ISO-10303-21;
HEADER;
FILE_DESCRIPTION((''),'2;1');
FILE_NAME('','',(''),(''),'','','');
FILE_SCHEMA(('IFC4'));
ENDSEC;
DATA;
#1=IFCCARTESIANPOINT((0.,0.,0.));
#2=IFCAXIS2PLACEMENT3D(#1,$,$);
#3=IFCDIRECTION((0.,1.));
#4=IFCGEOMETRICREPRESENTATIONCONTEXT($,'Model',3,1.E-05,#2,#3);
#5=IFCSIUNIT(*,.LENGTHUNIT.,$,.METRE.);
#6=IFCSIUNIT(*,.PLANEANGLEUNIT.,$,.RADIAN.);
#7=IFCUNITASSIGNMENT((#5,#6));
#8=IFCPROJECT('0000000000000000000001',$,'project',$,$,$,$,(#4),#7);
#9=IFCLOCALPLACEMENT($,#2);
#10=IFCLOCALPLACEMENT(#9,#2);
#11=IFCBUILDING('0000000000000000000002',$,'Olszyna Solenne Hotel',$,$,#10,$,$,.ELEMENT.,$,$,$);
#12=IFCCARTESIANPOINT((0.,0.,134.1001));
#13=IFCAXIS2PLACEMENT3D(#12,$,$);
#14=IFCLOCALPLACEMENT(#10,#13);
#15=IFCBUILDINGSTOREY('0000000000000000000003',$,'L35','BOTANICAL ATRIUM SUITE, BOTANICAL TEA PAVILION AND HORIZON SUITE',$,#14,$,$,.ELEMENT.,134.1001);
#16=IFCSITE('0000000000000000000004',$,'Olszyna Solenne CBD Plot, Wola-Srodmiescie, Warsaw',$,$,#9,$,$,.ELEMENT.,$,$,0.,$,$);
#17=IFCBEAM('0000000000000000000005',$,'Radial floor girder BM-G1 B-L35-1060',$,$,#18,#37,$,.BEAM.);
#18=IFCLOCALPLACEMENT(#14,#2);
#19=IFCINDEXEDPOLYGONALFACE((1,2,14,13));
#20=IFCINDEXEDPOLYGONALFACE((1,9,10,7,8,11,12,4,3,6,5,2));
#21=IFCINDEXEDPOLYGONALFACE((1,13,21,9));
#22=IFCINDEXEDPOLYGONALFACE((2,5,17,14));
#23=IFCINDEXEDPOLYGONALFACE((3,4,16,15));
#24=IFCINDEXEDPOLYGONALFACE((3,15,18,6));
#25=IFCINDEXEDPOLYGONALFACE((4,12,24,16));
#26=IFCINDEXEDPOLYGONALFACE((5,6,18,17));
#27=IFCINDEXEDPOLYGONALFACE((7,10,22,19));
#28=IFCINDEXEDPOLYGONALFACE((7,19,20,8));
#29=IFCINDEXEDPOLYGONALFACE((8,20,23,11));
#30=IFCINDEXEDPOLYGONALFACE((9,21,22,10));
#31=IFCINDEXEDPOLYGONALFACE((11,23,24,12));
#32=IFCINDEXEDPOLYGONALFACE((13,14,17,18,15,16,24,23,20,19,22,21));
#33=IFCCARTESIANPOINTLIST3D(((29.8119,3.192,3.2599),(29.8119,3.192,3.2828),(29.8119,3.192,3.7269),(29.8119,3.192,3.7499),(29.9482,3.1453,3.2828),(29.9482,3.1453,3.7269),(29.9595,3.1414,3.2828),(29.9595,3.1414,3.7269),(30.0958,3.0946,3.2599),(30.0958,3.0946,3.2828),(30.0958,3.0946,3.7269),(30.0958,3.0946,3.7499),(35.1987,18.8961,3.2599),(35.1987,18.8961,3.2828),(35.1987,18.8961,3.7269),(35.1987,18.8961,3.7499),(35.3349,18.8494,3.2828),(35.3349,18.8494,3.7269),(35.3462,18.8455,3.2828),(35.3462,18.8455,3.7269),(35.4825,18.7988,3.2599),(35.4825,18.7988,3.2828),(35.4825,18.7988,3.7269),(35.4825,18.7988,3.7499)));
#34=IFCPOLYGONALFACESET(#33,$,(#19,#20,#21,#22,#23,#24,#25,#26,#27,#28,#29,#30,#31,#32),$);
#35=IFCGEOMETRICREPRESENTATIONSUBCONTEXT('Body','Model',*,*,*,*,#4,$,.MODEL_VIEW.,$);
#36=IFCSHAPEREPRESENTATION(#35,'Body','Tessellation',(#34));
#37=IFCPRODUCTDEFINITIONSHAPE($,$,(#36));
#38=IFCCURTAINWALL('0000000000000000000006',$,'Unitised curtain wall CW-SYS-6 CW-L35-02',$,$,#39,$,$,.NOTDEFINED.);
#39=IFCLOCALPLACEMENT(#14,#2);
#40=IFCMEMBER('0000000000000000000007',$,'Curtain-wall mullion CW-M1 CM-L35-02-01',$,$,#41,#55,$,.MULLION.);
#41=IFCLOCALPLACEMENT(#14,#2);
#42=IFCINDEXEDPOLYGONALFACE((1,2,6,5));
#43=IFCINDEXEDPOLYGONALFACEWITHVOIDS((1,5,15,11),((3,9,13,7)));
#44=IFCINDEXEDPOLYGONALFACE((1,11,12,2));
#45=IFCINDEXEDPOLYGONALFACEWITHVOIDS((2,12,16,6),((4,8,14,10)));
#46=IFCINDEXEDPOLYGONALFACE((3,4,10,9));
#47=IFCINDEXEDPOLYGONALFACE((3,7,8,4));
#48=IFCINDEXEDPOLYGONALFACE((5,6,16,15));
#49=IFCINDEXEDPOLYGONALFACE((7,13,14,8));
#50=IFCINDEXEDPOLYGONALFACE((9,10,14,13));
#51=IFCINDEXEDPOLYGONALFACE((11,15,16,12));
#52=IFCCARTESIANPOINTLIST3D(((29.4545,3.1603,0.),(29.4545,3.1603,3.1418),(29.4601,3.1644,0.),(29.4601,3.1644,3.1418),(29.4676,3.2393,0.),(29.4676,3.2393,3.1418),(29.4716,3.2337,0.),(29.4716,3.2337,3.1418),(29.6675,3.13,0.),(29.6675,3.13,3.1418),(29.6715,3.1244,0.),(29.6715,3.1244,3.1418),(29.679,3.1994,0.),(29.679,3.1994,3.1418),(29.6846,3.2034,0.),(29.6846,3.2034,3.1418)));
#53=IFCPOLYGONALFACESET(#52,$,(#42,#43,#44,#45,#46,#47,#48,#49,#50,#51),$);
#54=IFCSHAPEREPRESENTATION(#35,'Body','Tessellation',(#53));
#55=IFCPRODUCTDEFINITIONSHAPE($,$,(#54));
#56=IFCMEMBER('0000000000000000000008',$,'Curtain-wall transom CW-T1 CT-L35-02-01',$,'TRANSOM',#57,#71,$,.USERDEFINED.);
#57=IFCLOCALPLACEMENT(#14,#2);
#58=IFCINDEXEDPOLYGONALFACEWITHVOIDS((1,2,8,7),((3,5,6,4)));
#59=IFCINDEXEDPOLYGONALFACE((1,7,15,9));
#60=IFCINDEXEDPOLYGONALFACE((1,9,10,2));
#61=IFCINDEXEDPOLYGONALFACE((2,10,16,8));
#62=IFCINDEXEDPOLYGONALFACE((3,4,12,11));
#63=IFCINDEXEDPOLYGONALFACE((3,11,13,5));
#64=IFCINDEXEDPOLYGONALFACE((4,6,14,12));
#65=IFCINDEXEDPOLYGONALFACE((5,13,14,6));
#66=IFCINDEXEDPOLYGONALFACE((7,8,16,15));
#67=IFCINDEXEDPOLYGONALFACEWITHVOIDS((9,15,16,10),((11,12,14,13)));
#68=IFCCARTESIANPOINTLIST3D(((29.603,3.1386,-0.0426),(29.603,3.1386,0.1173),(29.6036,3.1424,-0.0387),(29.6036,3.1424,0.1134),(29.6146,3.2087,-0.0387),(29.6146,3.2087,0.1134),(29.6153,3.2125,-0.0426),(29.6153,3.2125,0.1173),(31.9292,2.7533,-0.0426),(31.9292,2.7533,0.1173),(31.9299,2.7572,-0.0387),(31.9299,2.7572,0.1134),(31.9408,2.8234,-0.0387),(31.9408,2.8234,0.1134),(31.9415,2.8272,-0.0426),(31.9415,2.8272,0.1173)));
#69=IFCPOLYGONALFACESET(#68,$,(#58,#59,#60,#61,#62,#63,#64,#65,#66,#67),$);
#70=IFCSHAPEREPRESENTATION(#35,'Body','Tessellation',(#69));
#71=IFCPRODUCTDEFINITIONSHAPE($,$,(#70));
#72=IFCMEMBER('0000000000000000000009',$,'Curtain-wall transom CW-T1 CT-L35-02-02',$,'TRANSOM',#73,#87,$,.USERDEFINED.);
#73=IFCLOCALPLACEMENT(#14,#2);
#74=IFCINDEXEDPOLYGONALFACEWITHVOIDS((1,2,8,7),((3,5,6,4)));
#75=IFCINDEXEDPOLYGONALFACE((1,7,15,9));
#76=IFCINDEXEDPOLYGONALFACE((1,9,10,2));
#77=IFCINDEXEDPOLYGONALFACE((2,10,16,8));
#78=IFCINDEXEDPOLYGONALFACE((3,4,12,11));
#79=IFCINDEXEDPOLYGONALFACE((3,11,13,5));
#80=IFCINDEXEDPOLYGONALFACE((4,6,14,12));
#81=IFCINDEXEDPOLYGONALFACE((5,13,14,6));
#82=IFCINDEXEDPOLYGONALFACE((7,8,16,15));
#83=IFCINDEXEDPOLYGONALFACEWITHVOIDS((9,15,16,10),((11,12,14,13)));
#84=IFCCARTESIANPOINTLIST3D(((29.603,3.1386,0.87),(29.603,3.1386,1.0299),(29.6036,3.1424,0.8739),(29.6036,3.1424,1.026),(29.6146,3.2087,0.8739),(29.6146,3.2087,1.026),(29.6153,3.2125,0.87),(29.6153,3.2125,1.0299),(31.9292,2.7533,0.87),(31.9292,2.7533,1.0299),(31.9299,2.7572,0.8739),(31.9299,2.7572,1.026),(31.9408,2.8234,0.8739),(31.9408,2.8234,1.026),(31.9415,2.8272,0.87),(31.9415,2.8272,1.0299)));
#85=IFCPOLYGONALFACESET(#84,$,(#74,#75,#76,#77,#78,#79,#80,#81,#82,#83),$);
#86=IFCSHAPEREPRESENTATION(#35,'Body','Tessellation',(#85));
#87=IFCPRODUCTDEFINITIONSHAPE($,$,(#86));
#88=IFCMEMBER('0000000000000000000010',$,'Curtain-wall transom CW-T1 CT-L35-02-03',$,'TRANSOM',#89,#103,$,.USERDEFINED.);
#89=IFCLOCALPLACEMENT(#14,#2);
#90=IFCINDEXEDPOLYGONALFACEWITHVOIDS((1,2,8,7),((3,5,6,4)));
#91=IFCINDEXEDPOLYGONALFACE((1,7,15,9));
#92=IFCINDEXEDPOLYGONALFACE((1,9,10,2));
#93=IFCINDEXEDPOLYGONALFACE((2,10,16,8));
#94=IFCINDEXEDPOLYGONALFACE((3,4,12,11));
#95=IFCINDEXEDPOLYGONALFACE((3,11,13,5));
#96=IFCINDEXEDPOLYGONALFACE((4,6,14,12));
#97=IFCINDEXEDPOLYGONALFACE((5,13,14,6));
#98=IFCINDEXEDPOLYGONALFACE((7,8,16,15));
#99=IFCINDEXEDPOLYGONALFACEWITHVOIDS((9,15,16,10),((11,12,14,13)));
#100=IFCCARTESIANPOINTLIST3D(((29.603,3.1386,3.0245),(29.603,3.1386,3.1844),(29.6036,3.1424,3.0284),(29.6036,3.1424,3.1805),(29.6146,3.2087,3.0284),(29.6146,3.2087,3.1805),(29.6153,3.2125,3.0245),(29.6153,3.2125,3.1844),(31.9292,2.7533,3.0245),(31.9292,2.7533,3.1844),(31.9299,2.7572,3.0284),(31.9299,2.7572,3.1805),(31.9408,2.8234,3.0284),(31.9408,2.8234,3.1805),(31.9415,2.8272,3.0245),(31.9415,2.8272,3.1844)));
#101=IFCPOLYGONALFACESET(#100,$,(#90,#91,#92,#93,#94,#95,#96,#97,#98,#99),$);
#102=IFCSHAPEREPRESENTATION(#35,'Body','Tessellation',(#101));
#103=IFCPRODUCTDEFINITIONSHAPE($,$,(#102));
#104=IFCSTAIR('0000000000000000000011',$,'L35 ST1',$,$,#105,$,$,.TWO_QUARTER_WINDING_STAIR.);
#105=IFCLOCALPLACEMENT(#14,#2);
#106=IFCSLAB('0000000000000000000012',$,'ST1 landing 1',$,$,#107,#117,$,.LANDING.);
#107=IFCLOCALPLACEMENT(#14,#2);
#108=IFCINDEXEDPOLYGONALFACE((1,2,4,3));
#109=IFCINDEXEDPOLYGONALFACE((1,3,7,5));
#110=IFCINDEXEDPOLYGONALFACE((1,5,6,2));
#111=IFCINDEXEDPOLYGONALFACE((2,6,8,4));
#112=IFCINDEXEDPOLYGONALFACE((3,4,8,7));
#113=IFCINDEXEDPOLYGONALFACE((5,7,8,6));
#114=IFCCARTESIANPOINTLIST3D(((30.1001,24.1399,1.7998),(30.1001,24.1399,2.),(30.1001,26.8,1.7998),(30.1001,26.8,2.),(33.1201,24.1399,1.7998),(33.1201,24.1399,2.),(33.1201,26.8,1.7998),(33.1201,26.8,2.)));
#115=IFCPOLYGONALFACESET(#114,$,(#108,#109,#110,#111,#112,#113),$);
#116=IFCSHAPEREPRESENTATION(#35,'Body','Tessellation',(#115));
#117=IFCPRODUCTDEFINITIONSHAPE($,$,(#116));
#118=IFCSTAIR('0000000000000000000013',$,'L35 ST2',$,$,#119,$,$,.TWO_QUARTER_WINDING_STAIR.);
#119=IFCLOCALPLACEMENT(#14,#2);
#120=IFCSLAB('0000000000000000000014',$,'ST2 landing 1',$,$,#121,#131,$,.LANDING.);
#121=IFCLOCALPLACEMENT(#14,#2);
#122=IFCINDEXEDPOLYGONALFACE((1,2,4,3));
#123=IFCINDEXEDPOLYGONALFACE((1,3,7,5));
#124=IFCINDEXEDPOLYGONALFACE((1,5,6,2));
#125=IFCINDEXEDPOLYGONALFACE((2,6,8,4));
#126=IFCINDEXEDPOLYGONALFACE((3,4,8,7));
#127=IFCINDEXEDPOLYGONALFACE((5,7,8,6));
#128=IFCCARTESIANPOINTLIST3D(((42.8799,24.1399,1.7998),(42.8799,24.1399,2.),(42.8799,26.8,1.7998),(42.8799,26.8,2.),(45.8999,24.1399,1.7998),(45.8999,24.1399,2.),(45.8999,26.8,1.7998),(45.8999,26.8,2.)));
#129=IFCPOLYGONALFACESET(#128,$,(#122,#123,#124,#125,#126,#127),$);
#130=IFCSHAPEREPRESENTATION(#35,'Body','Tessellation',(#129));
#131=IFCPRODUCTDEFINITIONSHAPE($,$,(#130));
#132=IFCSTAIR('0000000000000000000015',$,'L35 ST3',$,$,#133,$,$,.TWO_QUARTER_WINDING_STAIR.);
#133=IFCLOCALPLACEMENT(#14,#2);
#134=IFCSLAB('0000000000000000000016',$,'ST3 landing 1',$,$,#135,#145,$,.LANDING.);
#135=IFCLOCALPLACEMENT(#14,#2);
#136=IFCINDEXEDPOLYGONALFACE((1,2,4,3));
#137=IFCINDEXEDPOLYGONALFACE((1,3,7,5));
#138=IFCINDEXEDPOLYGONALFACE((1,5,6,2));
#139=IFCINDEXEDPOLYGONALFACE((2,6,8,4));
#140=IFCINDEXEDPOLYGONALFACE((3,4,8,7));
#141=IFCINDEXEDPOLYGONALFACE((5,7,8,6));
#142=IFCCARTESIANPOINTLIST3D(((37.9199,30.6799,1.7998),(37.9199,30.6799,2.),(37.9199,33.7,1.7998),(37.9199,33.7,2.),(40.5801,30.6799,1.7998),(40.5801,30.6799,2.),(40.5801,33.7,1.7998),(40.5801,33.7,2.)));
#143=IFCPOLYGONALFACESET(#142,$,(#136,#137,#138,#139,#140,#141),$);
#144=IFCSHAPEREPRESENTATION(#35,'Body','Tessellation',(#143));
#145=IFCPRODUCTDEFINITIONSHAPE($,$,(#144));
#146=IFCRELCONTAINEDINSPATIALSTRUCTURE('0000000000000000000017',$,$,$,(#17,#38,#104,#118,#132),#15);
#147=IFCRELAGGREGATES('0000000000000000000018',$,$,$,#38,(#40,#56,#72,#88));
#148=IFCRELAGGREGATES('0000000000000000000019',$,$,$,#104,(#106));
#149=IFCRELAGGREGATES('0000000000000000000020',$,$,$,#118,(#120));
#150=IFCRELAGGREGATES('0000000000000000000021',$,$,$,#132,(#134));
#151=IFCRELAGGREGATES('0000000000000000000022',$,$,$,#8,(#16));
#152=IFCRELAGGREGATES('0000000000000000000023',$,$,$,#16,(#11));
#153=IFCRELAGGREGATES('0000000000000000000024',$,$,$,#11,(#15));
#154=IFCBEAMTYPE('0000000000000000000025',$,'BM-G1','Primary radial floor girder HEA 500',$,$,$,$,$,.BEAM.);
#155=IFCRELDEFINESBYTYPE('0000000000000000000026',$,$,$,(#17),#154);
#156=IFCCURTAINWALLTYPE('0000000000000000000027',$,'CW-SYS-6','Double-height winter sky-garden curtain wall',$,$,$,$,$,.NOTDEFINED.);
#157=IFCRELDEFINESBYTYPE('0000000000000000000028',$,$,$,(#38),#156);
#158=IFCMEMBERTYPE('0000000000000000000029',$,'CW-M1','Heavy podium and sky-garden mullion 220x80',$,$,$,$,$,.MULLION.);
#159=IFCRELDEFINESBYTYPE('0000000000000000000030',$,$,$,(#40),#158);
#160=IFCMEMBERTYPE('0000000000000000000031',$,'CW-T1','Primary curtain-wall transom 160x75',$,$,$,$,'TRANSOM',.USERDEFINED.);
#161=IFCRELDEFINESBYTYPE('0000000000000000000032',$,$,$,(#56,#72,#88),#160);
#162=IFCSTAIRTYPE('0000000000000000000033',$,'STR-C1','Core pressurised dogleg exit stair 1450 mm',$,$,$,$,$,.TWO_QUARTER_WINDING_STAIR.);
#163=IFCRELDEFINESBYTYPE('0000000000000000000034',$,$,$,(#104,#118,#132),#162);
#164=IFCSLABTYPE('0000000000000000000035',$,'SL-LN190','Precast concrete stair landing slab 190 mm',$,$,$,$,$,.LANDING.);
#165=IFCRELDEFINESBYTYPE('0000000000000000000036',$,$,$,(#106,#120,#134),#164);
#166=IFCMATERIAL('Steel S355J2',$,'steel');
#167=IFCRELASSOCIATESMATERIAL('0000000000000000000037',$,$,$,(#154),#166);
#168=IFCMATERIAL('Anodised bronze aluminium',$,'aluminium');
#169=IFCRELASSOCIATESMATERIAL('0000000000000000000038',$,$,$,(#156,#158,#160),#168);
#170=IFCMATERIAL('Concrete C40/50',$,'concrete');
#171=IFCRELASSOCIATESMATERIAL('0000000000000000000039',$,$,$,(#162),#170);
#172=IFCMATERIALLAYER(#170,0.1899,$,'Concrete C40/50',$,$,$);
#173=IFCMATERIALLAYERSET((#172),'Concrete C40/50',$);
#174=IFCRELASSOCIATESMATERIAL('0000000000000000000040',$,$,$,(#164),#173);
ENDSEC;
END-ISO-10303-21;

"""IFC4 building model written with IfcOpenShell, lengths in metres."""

from ifc_helpers import new_model, si_unit, direction, frame, origin, origin_2d, place, context, subcontext, project, spatial, polyline, hollow_rectangle, i_section, outline, extrude, source, transform, mapped, material, layer, layer_set, material_profile, profile_set, type_object, element, aggregate, save


model = new_model("IFC4")

# Units and contexts
model_context = context("Model", 3, precision=1e-05, world=origin(), true_north=direction((0.0, 1.0)))
body_context = subcontext(model_context, "Body", "Model", "MODEL_VIEW")
ifc_project = project(units=[si_unit("LENGTHUNIT", "METRE"), si_unit("PLANEANGLEUNIT", "RADIAN")], contexts=[model_context])

# Site, building, storey
site_placement = place(None, origin())
site = spatial("IfcSite", under=ifc_project, at=site_placement, Name="Olszyna Solenne CBD Plot, Wola-Srodmiescie, Warsaw", CompositionType="ELEMENT", RefElevation=0.0)
building_placement = place(site_placement, origin())
building = spatial("IfcBuilding", under=site, at=building_placement, Name="Olszyna Solenne Hotel", CompositionType="ELEMENT")
storey_placement = place(building_placement, frame((0.0, 0.0, 134.1001)))
storey = spatial("IfcBuildingStorey", under=building, at=storey_placement, Name="L35", Description="BOTANICAL ATRIUM SUITE, BOTANICAL TEA PAVILION AND HORIZON SUITE", CompositionType="ELEMENT", Elevation=134.1001)

# Beam
ifc_material_1 = material(Name="Steel S355J2", Category="steel")
ifc_material_profile_1 = material_profile(ifc_material_1, i_section(OverallWidth=0.3, OverallDepth=0.49, WebThickness=0.012, FlangeThickness=0.0229, at=origin_2d()), Name="HEA 500", Category="load-bearing")
ifc_profile_set_1 = profile_set([ifc_material_profile_1], Name="Steel S355J2")
beam_type_1 = type_object("IfcBeamType", Name="BM-G1", Description="Primary radial floor girder HEA 500", PredefinedType="BEAM", material=ifc_profile_set_1)
shared_shape_1 = source(origin(), body_context, "Body", "SweptSolid", [
    extrude(i_section(OverallWidth=0.3, OverallDepth=0.49, WebThickness=0.012, FlangeThickness=0.0229, at=origin_2d()), origin(), (0.0, 0.0, 1.0), 16.6023),
])
beam_1_placement = place(storey_placement, frame((29.9539, 3.1433, 3.5049), z_axis=(0.324457, 0.945901, 0.0), x_axis=(-0.945901, 0.324457, 0.0)))
element("IfcBeam", 1, at=beam_1_placement, inside=storey, type_object=beam_type_1, Name="Radial floor girder BM-G1 B-L35-1060", PredefinedType="BEAM", context=body_context, shape_type="MappedRepresentation", body=[
    mapped(shared_shape_1, transform((0.0, 0.0, 0.0), x_axis=(1.0, 0.0, 0.0), y_axis=(0.0, 1.0, 0.0), z_axis=(0.0, 0.0, 1.0), scale=1.0)),
])

# Curtain wall, members
ifc_material_2 = material(Name="Anodised bronze aluminium", Category="aluminium")
curtain_wall_type = type_object("IfcCurtainWallType", Name="CW-SYS-6", Description="Double-height winter sky-garden curtain wall", PredefinedType="NOTDEFINED", material=ifc_material_2)
curtain_wall_placement = place(storey_placement, origin())
curtain_wall = element("IfcCurtainWall", 2, at=curtain_wall_placement, inside=storey, type_object=curtain_wall_type, Name="Unitised curtain wall CW-SYS-6 CW-L35-02", PredefinedType="NOTDEFINED")
ifc_material_profile_2 = material_profile(ifc_material_2, hollow_rectangle(XDim=0.0801, YDim=0.22, WallThickness=0.0049, at=origin_2d()), Name="MULL 220x80x5", Category="load-bearing")
ifc_profile_set_2 = profile_set([ifc_material_profile_2], Name="Anodised bronze aluminium")
member_type_1 = type_object("IfcMemberType", Name="CW-M1", Description="Heavy podium and sky-garden mullion 220x80", PredefinedType="MULLION", material=ifc_profile_set_2)
shared_shape_2 = source(origin(), body_context, "Body", "SweptSolid", [
    extrude(hollow_rectangle(XDim=0.0801, YDim=0.22, WallThickness=0.0049, at=origin_2d()), origin(), (0.0, 0.0, 1.0), 3.1418),
])
member_1_placement = place(storey_placement, frame((29.5696, 3.1819, 0.0), z_axis=(0.0, 0.0, 1.0), x_axis=(0.163322, 0.986573, 0.0)))
member_1 = element("IfcMember", 3, at=member_1_placement, type_object=member_type_1, Name="Curtain-wall mullion CW-M1 CM-L35-02-01", PredefinedType="MULLION", context=body_context, shape_type="MappedRepresentation", body=[
    mapped(shared_shape_2, transform((0.0, 0.0, 0.0), x_axis=(1.0, 0.0, 0.0), y_axis=(0.0, 1.0, 0.0), z_axis=(0.0, 0.0, 1.0), scale=1.0)),
])
ifc_material_profile_3 = material_profile(ifc_material_2, hollow_rectangle(XDim=0.075, YDim=0.1599, WallThickness=0.0039, at=origin_2d()), Name="TRAN 160x75x4", Category="load-bearing")
ifc_profile_set_3 = profile_set([ifc_material_profile_3], Name="Anodised bronze aluminium")
member_type_2 = type_object("IfcMemberType", Name="CW-T1", Description="Primary curtain-wall transom 160x75", ElementType="TRANSOM", PredefinedType="USERDEFINED", material=ifc_profile_set_3)
shared_shape_3 = source(origin(), body_context, "Body", "SweptSolid", [
    extrude(hollow_rectangle(XDim=0.075, YDim=0.1599, WallThickness=0.0039, at=origin_2d()), origin(), (0.0, 0.0, 1.0), 2.3579),
])
member_2_placement = place(storey_placement, frame((29.6091, 3.1755, 0.0374), z_axis=(0.986561, -0.163391, 0.0), x_axis=(0.163391, 0.986561, 0.0)))
member_2 = element("IfcMember", 4, at=member_2_placement, type_object=member_type_2, Name="Curtain-wall transom CW-T1 CT-L35-02-01", ObjectType="TRANSOM", PredefinedType="USERDEFINED", context=body_context, shape_type="MappedRepresentation", body=[
    mapped(shared_shape_3, transform((0.0, 0.0, 0.0), x_axis=(1.0, 0.0, 0.0), y_axis=(0.0, 1.0, 0.0), z_axis=(0.0, 0.0, 1.0), scale=1.0)),
])
member_3_placement = place(storey_placement, frame((29.6091, 3.1755, 0.95), z_axis=(0.986561, -0.163391, 0.0), x_axis=(0.163391, 0.986561, 0.0)))
member_3 = element("IfcMember", 5, at=member_3_placement, type_object=member_type_2, Name="Curtain-wall transom CW-T1 CT-L35-02-02", ObjectType="TRANSOM", PredefinedType="USERDEFINED", context=body_context, shape_type="MappedRepresentation", body=[
    mapped(shared_shape_3, transform((0.0, 0.0, 0.0), x_axis=(1.0, 0.0, 0.0), y_axis=(0.0, 1.0, 0.0), z_axis=(0.0, 0.0, 1.0), scale=1.0)),
])
member_4_placement = place(storey_placement, frame((29.6091, 3.1755, 3.1045), z_axis=(0.986561, -0.163391, 0.0), x_axis=(0.163391, 0.986561, 0.0)))
member_4 = element("IfcMember", 6, at=member_4_placement, type_object=member_type_2, Name="Curtain-wall transom CW-T1 CT-L35-02-03", ObjectType="TRANSOM", PredefinedType="USERDEFINED", context=body_context, shape_type="MappedRepresentation", body=[
    mapped(shared_shape_3, transform((0.0, 0.0, 0.0), x_axis=(1.0, 0.0, 0.0), y_axis=(0.0, 1.0, 0.0), z_axis=(0.0, 0.0, 1.0), scale=1.0)),
])
aggregate(curtain_wall, [member_1, member_2, member_3, member_4])

# Stairs, slabs
ifc_material_3 = material(Name="Concrete C40/50", Category="concrete")
stair_type = type_object("IfcStairType", Name="STR-C1", Description="Core pressurised dogleg exit stair 1450 mm", PredefinedType="TWO_QUARTER_WINDING_STAIR", material=ifc_material_3)
stair_1_placement = place(storey_placement, origin())
stair_1 = element("IfcStair", 7, at=stair_1_placement, inside=storey, type_object=stair_type, Name="L35 ST1", PredefinedType="TWO_QUARTER_WINDING_STAIR")
ifc_layer_1 = layer(ifc_material_3, 0.1899, Name="Concrete C40/50")
ifc_layer_set_1 = layer_set([ifc_layer_1], Name="Concrete C40/50")
slab_type_1 = type_object("IfcSlabType", Name="SL-LN190", Description="Precast concrete stair landing slab 190 mm", PredefinedType="LANDING", material=ifc_layer_set_1)
slab_1_placement = place(storey_placement, frame((0.0, 0.0, 1.7998)))
slab_1 = element("IfcSlab", 8, at=slab_1_placement, type_object=slab_type_1, Name="ST1 landing 1", PredefinedType="LANDING", context=body_context, shape_type="SweptSolid", body=[
    extrude(outline(polyline([(33.1201, 24.1399), (33.1201, 26.8), (30.1001, 26.8), (30.1001, 24.1399), (33.1201, 24.1399)])), origin(), (0.0, 0.0, 1.0), 0.2002),
])
aggregate(stair_1, [slab_1])
stair_2_placement = place(storey_placement, origin())
stair_2 = element("IfcStair", 9, at=stair_2_placement, inside=storey, type_object=stair_type, Name="L35 ST2", PredefinedType="TWO_QUARTER_WINDING_STAIR")
slab_2_placement = place(storey_placement, frame((0.0, 0.0, 1.7998)))
slab_2 = element("IfcSlab", 10, at=slab_2_placement, type_object=slab_type_1, Name="ST2 landing 1", PredefinedType="LANDING", context=body_context, shape_type="SweptSolid", body=[
    extrude(outline(polyline([(45.8999, 24.1399), (45.8999, 26.8), (42.8799, 26.8), (42.8799, 24.1399), (45.8999, 24.1399)])), origin(), (0.0, 0.0, 1.0), 0.2002),
])
aggregate(stair_2, [slab_2])
stair_3_placement = place(storey_placement, origin())
stair_3 = element("IfcStair", 11, at=stair_3_placement, inside=storey, type_object=stair_type, Name="L35 ST3", PredefinedType="TWO_QUARTER_WINDING_STAIR")
slab_3_placement = place(storey_placement, frame((0.0, 0.0, 1.7998)))
slab_3 = element("IfcSlab", 12, at=slab_3_placement, type_object=slab_type_1, Name="ST3 landing 1", PredefinedType="LANDING", context=body_context, shape_type="SweptSolid", body=[
    extrude(outline(polyline([(37.9199, 30.6799), (40.5801, 30.6799), (40.5801, 33.7), (37.9199, 33.7), (37.9199, 30.6799)])), origin(), (0.0, 0.0, 1.0), 0.2002),
])
aggregate(stair_3, [slab_3])

save(model, "model.ifc")
